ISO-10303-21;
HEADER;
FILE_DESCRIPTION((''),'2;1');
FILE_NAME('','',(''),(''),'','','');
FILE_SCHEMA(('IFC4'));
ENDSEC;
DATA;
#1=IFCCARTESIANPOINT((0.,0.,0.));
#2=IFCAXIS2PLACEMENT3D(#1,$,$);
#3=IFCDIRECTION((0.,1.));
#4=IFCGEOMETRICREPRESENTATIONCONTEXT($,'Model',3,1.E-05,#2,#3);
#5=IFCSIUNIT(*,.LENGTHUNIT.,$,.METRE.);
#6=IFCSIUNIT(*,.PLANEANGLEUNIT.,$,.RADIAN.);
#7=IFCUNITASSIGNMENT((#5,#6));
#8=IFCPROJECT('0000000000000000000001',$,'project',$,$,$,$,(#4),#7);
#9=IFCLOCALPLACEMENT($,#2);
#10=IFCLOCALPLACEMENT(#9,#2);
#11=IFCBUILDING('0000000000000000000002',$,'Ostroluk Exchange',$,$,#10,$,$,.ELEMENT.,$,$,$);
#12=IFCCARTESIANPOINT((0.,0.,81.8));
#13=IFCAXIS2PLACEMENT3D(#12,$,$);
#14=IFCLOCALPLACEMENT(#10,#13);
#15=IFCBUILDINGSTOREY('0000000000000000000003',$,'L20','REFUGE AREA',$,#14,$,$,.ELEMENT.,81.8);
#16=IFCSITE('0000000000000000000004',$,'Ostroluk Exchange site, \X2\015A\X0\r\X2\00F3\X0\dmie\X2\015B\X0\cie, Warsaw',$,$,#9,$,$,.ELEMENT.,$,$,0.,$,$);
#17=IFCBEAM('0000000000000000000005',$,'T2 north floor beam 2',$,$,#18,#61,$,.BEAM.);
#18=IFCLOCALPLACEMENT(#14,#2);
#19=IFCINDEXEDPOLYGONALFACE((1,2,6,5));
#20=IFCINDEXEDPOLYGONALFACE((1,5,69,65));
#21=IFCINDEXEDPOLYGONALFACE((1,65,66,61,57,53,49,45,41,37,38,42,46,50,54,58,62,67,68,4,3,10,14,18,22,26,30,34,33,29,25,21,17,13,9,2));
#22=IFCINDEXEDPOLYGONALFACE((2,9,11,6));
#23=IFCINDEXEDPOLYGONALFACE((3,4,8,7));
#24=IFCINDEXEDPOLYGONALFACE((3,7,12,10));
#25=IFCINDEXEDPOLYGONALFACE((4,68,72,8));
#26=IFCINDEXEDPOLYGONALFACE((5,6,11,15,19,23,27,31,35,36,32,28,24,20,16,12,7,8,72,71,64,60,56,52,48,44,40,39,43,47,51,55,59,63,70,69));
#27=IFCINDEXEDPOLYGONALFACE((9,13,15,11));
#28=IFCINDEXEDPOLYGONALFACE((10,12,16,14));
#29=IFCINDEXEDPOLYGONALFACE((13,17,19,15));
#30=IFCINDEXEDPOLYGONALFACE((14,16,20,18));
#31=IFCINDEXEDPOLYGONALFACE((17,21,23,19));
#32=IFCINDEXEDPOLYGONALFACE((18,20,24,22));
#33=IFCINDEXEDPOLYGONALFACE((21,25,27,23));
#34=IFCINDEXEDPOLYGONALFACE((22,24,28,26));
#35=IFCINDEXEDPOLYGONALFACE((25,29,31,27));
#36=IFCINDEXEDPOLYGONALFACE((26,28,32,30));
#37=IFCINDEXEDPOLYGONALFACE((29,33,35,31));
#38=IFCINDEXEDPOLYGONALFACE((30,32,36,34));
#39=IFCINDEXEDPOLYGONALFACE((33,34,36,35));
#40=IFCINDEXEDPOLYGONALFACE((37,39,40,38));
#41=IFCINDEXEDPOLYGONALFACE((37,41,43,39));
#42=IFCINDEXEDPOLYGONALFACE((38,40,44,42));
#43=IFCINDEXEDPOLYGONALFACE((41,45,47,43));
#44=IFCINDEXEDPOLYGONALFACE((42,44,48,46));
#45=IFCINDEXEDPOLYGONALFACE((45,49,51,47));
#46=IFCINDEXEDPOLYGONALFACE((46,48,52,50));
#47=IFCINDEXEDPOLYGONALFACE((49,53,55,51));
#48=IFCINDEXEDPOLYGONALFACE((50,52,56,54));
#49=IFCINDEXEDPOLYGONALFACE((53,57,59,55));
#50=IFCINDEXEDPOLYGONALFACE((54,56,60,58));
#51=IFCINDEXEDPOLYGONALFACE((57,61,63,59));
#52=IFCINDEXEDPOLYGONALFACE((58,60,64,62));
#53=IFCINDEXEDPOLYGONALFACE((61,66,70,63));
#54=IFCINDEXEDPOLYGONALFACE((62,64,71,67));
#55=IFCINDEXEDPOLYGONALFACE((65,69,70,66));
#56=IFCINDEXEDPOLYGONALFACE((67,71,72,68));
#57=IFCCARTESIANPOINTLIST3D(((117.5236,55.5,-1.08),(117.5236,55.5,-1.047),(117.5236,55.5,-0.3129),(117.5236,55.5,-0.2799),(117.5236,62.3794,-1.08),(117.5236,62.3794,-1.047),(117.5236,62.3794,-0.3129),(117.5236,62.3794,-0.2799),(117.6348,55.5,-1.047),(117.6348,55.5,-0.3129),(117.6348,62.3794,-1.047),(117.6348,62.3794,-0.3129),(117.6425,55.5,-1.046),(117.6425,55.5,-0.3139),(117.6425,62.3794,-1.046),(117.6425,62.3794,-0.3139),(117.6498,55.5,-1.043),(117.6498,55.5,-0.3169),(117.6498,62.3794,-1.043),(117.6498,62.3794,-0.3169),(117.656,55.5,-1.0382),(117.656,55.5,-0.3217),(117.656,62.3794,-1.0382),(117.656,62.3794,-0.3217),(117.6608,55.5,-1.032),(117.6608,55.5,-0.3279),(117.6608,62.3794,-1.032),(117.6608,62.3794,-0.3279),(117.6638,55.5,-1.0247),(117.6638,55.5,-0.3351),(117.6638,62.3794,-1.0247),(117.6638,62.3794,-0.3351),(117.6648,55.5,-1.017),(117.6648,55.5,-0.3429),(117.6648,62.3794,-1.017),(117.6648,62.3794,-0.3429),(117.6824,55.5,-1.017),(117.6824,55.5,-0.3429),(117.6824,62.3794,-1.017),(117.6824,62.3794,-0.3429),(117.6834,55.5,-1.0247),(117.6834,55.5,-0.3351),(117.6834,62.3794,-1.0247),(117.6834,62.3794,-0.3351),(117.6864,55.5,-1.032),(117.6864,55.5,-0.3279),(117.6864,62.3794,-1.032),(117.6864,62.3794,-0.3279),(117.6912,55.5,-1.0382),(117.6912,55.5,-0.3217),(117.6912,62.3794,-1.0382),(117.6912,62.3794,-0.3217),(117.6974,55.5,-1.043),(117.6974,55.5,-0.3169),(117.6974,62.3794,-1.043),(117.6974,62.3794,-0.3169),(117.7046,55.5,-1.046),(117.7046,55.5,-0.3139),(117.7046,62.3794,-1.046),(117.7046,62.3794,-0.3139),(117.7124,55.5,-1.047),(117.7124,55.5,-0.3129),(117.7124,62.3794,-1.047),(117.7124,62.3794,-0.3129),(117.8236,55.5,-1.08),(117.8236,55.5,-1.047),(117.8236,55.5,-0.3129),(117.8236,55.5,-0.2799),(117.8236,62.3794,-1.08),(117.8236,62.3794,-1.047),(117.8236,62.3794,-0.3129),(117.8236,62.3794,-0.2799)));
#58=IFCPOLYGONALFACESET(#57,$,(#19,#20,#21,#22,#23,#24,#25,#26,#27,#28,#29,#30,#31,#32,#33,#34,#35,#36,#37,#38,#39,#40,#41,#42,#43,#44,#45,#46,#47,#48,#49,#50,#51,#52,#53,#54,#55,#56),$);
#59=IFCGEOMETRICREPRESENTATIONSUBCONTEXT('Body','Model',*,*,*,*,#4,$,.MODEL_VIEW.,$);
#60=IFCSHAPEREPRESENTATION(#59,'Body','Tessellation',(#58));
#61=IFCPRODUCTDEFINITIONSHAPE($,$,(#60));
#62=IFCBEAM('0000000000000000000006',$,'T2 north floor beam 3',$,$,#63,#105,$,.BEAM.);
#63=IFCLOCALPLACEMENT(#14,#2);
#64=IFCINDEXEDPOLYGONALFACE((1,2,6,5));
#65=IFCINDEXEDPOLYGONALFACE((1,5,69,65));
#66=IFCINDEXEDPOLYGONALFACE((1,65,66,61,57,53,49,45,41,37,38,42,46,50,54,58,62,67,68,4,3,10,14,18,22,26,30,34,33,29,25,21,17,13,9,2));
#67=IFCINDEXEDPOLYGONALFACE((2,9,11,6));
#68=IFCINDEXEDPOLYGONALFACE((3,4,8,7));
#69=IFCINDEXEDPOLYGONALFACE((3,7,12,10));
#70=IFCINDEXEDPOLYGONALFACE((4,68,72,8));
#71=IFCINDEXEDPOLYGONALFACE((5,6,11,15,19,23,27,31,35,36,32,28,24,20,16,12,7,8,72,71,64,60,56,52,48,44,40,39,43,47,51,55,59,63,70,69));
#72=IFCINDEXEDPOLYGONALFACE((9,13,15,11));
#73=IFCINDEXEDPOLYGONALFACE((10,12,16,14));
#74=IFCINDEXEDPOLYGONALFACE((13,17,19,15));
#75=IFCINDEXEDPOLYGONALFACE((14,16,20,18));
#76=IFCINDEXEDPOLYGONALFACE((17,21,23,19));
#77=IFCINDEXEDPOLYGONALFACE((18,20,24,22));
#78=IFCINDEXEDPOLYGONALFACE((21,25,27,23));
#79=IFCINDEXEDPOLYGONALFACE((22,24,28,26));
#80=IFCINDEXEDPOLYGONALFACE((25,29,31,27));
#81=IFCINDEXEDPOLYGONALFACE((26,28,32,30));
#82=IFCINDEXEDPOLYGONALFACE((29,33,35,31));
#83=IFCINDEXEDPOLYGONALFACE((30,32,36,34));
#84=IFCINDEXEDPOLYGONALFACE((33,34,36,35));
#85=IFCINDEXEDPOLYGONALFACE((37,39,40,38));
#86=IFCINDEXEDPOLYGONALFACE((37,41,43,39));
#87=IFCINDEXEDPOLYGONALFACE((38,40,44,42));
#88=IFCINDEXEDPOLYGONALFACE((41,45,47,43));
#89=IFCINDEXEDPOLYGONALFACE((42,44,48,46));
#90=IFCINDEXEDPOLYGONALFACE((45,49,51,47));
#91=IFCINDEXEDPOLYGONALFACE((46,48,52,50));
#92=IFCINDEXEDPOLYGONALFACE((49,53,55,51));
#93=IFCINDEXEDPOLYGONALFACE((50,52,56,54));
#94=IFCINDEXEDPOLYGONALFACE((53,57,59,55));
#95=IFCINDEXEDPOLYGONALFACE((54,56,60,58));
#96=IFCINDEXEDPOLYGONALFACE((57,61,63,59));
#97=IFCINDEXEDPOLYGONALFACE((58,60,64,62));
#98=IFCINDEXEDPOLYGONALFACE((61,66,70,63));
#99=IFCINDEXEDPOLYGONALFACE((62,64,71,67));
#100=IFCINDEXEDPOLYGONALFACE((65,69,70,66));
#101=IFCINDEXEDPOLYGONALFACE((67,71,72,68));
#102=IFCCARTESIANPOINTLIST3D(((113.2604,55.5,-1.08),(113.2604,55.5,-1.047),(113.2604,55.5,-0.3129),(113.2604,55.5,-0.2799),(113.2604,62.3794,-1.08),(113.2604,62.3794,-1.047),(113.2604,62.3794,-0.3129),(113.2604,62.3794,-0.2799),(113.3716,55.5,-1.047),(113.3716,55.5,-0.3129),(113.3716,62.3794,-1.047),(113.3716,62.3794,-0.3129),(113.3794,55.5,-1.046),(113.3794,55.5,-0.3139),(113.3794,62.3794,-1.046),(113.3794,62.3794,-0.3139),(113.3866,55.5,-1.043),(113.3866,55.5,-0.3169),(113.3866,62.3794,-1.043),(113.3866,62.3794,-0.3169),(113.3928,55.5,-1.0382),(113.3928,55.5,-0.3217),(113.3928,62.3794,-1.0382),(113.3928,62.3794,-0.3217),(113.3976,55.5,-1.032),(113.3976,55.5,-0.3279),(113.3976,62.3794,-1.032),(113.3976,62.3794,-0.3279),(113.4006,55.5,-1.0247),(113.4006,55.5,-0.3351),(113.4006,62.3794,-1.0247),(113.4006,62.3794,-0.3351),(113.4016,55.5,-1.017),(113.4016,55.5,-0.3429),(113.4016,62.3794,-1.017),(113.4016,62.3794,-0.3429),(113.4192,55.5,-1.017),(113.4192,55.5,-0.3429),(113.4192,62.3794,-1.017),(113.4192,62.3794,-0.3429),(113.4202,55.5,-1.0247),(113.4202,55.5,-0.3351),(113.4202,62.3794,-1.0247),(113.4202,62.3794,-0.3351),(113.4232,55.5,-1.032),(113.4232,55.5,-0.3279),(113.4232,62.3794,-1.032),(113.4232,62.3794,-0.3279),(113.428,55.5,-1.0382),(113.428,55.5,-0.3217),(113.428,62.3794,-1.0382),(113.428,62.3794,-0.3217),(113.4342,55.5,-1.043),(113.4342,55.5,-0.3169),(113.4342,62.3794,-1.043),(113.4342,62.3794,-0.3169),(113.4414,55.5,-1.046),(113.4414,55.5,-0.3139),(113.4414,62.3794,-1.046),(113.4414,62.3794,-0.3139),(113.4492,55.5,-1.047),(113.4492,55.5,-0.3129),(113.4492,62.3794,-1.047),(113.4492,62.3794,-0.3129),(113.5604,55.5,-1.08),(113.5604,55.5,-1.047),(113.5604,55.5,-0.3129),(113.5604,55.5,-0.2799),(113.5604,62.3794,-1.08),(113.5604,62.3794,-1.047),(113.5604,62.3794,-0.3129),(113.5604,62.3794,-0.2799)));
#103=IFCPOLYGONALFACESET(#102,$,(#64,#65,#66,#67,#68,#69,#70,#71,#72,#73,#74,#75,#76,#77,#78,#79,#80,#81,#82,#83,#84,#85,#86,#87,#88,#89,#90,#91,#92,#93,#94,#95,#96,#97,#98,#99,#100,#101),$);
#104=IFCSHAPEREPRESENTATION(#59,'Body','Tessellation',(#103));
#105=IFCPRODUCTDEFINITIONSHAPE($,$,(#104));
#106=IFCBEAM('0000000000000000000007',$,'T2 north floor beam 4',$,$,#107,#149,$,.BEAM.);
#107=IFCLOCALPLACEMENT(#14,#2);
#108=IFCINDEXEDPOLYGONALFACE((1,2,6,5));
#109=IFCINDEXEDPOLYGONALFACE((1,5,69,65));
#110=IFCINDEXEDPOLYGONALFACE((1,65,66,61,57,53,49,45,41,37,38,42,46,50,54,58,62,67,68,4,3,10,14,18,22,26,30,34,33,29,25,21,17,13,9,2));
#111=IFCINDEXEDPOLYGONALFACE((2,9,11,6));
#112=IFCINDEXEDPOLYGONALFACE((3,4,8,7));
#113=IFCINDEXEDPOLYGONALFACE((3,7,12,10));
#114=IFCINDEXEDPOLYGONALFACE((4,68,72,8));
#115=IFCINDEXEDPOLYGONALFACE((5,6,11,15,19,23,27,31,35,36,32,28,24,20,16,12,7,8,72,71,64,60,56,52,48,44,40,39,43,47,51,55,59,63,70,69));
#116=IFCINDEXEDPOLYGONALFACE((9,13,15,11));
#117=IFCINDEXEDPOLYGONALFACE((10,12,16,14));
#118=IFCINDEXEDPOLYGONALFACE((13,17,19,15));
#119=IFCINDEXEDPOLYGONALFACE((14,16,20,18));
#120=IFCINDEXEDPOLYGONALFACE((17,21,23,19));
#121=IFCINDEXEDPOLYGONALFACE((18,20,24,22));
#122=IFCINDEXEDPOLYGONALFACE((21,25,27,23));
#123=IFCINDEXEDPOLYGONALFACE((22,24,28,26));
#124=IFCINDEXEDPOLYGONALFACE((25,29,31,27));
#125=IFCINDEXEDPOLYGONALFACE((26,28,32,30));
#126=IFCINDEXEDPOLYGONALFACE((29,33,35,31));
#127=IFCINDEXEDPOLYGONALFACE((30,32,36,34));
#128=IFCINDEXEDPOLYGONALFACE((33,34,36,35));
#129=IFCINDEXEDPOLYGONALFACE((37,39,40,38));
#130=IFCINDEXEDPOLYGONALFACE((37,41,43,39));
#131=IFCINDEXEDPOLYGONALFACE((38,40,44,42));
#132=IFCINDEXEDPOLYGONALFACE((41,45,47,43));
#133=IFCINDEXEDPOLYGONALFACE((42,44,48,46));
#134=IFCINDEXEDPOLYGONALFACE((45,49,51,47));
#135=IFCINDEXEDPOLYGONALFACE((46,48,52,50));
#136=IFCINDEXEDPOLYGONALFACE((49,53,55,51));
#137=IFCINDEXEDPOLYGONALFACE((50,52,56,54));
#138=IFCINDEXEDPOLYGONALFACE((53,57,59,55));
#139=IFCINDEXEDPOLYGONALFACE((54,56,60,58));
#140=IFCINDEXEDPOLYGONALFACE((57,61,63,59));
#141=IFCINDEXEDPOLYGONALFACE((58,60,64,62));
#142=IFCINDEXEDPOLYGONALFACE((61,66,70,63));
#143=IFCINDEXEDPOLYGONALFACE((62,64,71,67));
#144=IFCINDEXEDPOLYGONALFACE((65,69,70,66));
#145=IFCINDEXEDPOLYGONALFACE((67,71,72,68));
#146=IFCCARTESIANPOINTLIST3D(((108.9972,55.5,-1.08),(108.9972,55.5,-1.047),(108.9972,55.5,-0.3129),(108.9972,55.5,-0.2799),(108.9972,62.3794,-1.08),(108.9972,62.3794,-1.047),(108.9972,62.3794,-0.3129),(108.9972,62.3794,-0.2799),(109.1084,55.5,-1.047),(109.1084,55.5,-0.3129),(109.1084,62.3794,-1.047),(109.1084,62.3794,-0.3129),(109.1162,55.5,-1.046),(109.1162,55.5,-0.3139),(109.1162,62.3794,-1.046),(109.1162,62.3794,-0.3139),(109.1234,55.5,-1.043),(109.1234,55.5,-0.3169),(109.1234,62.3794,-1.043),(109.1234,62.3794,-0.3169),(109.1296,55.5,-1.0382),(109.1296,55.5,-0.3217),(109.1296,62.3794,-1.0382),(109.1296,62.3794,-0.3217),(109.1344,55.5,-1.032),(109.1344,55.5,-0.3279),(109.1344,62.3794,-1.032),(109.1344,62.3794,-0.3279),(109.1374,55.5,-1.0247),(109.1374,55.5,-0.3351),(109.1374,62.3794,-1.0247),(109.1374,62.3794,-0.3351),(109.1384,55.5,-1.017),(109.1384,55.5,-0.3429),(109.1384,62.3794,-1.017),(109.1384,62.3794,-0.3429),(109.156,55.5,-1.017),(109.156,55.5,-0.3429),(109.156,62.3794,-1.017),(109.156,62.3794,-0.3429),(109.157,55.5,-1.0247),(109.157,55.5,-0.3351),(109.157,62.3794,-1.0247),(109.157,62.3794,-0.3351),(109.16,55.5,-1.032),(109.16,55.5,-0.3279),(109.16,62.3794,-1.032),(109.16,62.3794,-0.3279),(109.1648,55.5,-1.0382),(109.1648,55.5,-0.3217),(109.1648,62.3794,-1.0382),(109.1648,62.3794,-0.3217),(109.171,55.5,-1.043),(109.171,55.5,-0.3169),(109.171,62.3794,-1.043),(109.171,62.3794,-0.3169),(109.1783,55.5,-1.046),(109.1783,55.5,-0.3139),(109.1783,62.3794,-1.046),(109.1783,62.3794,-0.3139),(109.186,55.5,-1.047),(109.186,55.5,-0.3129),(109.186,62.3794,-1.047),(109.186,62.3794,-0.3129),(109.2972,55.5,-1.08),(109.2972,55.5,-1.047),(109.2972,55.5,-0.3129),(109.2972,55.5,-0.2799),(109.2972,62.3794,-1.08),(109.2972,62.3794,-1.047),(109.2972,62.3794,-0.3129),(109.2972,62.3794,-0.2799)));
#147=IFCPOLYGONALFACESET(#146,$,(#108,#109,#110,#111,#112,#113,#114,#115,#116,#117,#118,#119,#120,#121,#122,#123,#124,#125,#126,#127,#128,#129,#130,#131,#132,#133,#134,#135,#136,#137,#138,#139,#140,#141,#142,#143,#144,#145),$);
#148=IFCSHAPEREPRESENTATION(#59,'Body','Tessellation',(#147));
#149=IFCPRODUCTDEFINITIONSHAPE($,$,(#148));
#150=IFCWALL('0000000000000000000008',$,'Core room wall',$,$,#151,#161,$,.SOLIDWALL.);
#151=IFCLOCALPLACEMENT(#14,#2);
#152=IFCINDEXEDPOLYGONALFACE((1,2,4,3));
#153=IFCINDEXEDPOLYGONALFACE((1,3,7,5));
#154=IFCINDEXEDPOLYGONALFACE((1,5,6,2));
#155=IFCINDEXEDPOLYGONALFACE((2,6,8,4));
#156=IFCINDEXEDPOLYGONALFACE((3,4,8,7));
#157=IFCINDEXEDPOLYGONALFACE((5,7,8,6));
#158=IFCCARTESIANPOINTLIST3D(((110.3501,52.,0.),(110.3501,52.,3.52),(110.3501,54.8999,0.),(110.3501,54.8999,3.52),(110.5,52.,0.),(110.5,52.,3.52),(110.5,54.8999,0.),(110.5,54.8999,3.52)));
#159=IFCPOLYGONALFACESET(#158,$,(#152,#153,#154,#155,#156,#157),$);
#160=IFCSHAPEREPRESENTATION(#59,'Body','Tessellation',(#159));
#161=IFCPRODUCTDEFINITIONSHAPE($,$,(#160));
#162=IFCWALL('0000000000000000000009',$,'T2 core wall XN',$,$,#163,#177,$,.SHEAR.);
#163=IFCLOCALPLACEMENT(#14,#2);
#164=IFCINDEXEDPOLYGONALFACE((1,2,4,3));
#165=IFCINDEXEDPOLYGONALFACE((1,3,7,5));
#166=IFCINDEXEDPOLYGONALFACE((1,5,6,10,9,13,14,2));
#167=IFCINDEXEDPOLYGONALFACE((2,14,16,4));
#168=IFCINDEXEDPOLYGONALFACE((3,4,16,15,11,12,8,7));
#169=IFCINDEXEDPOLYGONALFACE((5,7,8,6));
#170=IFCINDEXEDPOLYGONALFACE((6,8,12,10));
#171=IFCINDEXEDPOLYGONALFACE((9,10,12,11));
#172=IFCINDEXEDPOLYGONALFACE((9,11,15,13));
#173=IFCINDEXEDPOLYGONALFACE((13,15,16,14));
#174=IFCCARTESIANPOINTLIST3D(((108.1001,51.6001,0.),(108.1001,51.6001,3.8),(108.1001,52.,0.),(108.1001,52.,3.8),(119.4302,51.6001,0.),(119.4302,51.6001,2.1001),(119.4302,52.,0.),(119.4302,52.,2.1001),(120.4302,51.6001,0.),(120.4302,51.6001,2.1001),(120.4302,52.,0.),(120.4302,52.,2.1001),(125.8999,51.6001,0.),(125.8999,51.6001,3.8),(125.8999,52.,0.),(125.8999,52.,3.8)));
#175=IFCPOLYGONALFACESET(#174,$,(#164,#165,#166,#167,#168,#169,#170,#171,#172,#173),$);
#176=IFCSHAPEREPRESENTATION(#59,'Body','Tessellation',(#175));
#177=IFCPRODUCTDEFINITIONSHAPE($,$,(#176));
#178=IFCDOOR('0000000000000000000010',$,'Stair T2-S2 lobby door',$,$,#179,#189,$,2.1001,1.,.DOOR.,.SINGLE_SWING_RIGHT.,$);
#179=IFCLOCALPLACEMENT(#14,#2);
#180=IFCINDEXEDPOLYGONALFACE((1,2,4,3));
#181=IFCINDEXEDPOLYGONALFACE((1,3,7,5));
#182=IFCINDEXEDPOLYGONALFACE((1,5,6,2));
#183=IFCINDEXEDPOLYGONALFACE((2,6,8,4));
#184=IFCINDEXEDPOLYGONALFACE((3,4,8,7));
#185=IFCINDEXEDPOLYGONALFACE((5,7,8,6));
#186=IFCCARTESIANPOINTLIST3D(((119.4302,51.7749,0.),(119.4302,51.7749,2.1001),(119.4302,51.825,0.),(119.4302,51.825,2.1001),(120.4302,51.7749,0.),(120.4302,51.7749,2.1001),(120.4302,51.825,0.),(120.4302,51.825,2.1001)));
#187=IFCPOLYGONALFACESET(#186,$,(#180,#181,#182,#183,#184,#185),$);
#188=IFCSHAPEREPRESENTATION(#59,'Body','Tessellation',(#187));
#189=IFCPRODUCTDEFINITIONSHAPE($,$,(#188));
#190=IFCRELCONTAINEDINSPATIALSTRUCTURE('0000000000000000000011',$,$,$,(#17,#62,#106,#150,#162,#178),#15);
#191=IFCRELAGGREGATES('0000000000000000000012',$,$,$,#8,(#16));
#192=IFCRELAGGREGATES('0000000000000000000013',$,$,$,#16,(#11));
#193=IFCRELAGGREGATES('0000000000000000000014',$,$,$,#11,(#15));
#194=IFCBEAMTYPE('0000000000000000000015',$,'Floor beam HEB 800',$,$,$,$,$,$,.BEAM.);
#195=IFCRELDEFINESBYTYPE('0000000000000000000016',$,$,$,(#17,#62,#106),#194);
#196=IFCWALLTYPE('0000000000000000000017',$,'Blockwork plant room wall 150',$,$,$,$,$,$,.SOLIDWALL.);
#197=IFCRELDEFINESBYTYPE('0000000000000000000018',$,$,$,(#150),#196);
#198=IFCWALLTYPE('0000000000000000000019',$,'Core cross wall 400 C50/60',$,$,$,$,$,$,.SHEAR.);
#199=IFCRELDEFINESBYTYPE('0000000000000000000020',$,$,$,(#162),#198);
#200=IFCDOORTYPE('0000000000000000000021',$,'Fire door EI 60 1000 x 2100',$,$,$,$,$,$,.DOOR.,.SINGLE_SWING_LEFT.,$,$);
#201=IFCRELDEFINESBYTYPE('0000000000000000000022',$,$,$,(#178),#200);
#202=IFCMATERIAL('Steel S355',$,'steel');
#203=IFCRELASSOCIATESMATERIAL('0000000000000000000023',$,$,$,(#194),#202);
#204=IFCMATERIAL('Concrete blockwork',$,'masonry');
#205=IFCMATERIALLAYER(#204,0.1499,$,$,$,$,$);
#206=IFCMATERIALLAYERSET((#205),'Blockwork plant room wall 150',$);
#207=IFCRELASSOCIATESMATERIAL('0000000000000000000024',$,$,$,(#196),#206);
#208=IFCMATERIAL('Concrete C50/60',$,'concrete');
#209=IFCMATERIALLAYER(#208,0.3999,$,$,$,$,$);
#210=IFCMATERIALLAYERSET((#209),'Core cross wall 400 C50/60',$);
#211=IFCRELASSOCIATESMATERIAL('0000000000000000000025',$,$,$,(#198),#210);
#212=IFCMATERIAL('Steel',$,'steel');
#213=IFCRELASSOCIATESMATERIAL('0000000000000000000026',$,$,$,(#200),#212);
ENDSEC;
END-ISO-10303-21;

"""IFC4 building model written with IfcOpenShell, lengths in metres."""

from ifc_helpers import new_model, si_unit, direction, frame, frame_2d, origin, origin_2d, place, context, subcontext, project, spatial, rectangle, i_section, extrude, material, layer, layer_set, material_profile, profile_set, type_object, element, fill, save


model = new_model("IFC4")

# Units and contexts
model_context = context("Model", 3, precision=1e-05, world=origin(), true_north=direction((0.0, 1.0)))
body_context = subcontext(model_context, "Body", "Model", "MODEL_VIEW")
ifc_project = project(units=[si_unit("LENGTHUNIT", "METRE"), si_unit("PLANEANGLEUNIT", "RADIAN")], contexts=[model_context])

# Site, building, storey
site_placement = place(None, origin())
site = spatial("IfcSite", under=ifc_project, at=site_placement, Name="Ostroluk Exchange site, Śródmieście, Warsaw", CompositionType="ELEMENT", RefElevation=0.0)
building_placement = place(site_placement, origin())
building = spatial("IfcBuilding", under=site, at=building_placement, Name="Ostroluk Exchange", CompositionType="ELEMENT")
storey_placement = place(building_placement, frame((0.0, 0.0, 81.8)))
storey = spatial("IfcBuildingStorey", under=building, at=storey_placement, Name="L20", Description="REFUGE AREA", CompositionType="ELEMENT", Elevation=81.8)

# Beams
ifc_material_1 = material(Name="Steel S355", Category="steel")
ifc_material_profile = material_profile(ifc_material_1, i_section(OverallWidth=0.3, OverallDepth=0.8, WebThickness=0.0176, FlangeThickness=0.033, FilletRadius=0.03, at=origin_2d()), Name="HEB 800")
ifc_profile_set = profile_set([ifc_material_profile], Name="Steel S355")
beam_type = type_object("IfcBeamType", Name="Floor beam HEB 800", PredefinedType="BEAM", material=ifc_profile_set)
for number, where, z_axis, x_axis, name in (
    (1, (117.6736, 55.5, -0.6799), (0.0, 1.0, 0.0), (-1.0, 0.0, 0.0), "T2 north floor beam 2"),
    (2, (113.4104, 55.5, -0.6799), (0.0, 1.0, 0.0), (-1.0, 0.0, 0.0), "T2 north floor beam 3"),
    (3, (109.1472, 55.5, -0.6799), (0.0, 1.0, 0.0), (-1.0, 0.0, 0.0), "T2 north floor beam 4"),
):
    element("IfcBeam", number, at=place(storey_placement, frame(where, z_axis=z_axis, x_axis=x_axis)), inside=storey, type_object=beam_type, Name=name, PredefinedType="BEAM", context=body_context, shape_type="SweptSolid", body=[
        extrude(i_section(OverallWidth=0.3, OverallDepth=0.8, WebThickness=0.0176, FlangeThickness=0.033, FilletRadius=0.03, at=origin_2d()), origin(), (0.0, 0.0, 1.0), 6.8794),
    ])

# Wall
ifc_material_2 = material(Name="Concrete blockwork", Category="masonry")
ifc_layer_1 = layer(ifc_material_2, 0.1499)
ifc_layer_set_1 = layer_set([ifc_layer_1], Name="Blockwork plant room wall 150")
wall_type_1 = type_object("IfcWallType", Name="Blockwork plant room wall 150", PredefinedType="SOLIDWALL", material=ifc_layer_set_1)
wall_1_placement = place(storey_placement, frame((110.425, 52.0, 0.0), z_axis=(0.0, 0.0, 1.0), x_axis=(0.0, 1.0, 0.0)))
element("IfcWall", 4, at=wall_1_placement, inside=storey, type_object=wall_type_1, Name="Core room wall", PredefinedType="SOLIDWALL", context=body_context, shape_type="SweptSolid", body=[
    extrude(rectangle(XDim=2.8999, YDim=0.1499, at=frame_2d((1.45, 0.0))), origin(), (0.0, 0.0, 1.0), 3.52),
])

# Wall, opening, door
ifc_material_3 = material(Name="Concrete C50/60", Category="concrete")
ifc_layer_2 = layer(ifc_material_3, 0.3999)
ifc_layer_set_2 = layer_set([ifc_layer_2], Name="Core cross wall 400 C50/60")
wall_type_2 = type_object("IfcWallType", Name="Core cross wall 400 C50/60", PredefinedType="SHEAR", material=ifc_layer_set_2)
wall_2_placement = place(storey_placement, frame((108.1001, 51.8, 0.0), z_axis=(0.0, 0.0, 1.0), x_axis=(1.0, 0.0, 0.0)))
wall_2 = element("IfcWall", 5, at=wall_2_placement, inside=storey, type_object=wall_type_2, Name="T2 core wall XN", PredefinedType="SHEAR", context=body_context, shape_type="SweptSolid", body=[
    extrude(rectangle(XDim=17.7998, YDim=0.3999, at=frame_2d((8.8999, 0.0))), origin(), (0.0, 0.0, 1.0), 3.8),
])
opening_1_placement = place(wall_2_placement, frame((11.3301, 0.0, 0.0)))
opening_1 = element("IfcOpeningElement", 6, at=opening_1_placement, cuts=wall_2, PredefinedType="OPENING", context=body_context, shape_type="SweptSolid", body=[
    extrude(rectangle(XDim=1.0, YDim=2.1001, at=frame_2d((0.5, 1.05))), frame((0.0, 0.21, 0.0), z_axis=(0.0, -1.0, 0.0), x_axis=(1.0, 0.0, 0.0)), (0.0, 0.0, 1.0), 0.4199),
])
ifc_material_4 = material(Name="Steel", Category="steel")
door_type_1 = type_object("IfcDoorType", Name="Fire door EI 60 1000 x 2100", OperationType="SINGLE_SWING_LEFT", PredefinedType="DOOR", material=ifc_material_4)
door_1_placement = place(opening_1_placement, origin())
door_1 = element("IfcDoor", 7, at=door_1_placement, inside=storey, type_object=door_type_1, Name="Stair T2-S2 lobby door", OperationType="SINGLE_SWING_RIGHT", OverallHeight=2.1001, OverallWidth=1.0, PredefinedType="DOOR", context=body_context, shape_type="SweptSolid", body=[
    extrude(rectangle(XDim=1.0, YDim=2.1001, at=frame_2d((0.5, 1.05))), frame((0.0, 0.0249, 0.0), z_axis=(0.0, -1.0, 0.0), x_axis=(1.0, 0.0, 0.0)), (0.0, 0.0, 1.0), 0.05),
])
fill(opening_1, door_1)

save(model, "model.ifc")
